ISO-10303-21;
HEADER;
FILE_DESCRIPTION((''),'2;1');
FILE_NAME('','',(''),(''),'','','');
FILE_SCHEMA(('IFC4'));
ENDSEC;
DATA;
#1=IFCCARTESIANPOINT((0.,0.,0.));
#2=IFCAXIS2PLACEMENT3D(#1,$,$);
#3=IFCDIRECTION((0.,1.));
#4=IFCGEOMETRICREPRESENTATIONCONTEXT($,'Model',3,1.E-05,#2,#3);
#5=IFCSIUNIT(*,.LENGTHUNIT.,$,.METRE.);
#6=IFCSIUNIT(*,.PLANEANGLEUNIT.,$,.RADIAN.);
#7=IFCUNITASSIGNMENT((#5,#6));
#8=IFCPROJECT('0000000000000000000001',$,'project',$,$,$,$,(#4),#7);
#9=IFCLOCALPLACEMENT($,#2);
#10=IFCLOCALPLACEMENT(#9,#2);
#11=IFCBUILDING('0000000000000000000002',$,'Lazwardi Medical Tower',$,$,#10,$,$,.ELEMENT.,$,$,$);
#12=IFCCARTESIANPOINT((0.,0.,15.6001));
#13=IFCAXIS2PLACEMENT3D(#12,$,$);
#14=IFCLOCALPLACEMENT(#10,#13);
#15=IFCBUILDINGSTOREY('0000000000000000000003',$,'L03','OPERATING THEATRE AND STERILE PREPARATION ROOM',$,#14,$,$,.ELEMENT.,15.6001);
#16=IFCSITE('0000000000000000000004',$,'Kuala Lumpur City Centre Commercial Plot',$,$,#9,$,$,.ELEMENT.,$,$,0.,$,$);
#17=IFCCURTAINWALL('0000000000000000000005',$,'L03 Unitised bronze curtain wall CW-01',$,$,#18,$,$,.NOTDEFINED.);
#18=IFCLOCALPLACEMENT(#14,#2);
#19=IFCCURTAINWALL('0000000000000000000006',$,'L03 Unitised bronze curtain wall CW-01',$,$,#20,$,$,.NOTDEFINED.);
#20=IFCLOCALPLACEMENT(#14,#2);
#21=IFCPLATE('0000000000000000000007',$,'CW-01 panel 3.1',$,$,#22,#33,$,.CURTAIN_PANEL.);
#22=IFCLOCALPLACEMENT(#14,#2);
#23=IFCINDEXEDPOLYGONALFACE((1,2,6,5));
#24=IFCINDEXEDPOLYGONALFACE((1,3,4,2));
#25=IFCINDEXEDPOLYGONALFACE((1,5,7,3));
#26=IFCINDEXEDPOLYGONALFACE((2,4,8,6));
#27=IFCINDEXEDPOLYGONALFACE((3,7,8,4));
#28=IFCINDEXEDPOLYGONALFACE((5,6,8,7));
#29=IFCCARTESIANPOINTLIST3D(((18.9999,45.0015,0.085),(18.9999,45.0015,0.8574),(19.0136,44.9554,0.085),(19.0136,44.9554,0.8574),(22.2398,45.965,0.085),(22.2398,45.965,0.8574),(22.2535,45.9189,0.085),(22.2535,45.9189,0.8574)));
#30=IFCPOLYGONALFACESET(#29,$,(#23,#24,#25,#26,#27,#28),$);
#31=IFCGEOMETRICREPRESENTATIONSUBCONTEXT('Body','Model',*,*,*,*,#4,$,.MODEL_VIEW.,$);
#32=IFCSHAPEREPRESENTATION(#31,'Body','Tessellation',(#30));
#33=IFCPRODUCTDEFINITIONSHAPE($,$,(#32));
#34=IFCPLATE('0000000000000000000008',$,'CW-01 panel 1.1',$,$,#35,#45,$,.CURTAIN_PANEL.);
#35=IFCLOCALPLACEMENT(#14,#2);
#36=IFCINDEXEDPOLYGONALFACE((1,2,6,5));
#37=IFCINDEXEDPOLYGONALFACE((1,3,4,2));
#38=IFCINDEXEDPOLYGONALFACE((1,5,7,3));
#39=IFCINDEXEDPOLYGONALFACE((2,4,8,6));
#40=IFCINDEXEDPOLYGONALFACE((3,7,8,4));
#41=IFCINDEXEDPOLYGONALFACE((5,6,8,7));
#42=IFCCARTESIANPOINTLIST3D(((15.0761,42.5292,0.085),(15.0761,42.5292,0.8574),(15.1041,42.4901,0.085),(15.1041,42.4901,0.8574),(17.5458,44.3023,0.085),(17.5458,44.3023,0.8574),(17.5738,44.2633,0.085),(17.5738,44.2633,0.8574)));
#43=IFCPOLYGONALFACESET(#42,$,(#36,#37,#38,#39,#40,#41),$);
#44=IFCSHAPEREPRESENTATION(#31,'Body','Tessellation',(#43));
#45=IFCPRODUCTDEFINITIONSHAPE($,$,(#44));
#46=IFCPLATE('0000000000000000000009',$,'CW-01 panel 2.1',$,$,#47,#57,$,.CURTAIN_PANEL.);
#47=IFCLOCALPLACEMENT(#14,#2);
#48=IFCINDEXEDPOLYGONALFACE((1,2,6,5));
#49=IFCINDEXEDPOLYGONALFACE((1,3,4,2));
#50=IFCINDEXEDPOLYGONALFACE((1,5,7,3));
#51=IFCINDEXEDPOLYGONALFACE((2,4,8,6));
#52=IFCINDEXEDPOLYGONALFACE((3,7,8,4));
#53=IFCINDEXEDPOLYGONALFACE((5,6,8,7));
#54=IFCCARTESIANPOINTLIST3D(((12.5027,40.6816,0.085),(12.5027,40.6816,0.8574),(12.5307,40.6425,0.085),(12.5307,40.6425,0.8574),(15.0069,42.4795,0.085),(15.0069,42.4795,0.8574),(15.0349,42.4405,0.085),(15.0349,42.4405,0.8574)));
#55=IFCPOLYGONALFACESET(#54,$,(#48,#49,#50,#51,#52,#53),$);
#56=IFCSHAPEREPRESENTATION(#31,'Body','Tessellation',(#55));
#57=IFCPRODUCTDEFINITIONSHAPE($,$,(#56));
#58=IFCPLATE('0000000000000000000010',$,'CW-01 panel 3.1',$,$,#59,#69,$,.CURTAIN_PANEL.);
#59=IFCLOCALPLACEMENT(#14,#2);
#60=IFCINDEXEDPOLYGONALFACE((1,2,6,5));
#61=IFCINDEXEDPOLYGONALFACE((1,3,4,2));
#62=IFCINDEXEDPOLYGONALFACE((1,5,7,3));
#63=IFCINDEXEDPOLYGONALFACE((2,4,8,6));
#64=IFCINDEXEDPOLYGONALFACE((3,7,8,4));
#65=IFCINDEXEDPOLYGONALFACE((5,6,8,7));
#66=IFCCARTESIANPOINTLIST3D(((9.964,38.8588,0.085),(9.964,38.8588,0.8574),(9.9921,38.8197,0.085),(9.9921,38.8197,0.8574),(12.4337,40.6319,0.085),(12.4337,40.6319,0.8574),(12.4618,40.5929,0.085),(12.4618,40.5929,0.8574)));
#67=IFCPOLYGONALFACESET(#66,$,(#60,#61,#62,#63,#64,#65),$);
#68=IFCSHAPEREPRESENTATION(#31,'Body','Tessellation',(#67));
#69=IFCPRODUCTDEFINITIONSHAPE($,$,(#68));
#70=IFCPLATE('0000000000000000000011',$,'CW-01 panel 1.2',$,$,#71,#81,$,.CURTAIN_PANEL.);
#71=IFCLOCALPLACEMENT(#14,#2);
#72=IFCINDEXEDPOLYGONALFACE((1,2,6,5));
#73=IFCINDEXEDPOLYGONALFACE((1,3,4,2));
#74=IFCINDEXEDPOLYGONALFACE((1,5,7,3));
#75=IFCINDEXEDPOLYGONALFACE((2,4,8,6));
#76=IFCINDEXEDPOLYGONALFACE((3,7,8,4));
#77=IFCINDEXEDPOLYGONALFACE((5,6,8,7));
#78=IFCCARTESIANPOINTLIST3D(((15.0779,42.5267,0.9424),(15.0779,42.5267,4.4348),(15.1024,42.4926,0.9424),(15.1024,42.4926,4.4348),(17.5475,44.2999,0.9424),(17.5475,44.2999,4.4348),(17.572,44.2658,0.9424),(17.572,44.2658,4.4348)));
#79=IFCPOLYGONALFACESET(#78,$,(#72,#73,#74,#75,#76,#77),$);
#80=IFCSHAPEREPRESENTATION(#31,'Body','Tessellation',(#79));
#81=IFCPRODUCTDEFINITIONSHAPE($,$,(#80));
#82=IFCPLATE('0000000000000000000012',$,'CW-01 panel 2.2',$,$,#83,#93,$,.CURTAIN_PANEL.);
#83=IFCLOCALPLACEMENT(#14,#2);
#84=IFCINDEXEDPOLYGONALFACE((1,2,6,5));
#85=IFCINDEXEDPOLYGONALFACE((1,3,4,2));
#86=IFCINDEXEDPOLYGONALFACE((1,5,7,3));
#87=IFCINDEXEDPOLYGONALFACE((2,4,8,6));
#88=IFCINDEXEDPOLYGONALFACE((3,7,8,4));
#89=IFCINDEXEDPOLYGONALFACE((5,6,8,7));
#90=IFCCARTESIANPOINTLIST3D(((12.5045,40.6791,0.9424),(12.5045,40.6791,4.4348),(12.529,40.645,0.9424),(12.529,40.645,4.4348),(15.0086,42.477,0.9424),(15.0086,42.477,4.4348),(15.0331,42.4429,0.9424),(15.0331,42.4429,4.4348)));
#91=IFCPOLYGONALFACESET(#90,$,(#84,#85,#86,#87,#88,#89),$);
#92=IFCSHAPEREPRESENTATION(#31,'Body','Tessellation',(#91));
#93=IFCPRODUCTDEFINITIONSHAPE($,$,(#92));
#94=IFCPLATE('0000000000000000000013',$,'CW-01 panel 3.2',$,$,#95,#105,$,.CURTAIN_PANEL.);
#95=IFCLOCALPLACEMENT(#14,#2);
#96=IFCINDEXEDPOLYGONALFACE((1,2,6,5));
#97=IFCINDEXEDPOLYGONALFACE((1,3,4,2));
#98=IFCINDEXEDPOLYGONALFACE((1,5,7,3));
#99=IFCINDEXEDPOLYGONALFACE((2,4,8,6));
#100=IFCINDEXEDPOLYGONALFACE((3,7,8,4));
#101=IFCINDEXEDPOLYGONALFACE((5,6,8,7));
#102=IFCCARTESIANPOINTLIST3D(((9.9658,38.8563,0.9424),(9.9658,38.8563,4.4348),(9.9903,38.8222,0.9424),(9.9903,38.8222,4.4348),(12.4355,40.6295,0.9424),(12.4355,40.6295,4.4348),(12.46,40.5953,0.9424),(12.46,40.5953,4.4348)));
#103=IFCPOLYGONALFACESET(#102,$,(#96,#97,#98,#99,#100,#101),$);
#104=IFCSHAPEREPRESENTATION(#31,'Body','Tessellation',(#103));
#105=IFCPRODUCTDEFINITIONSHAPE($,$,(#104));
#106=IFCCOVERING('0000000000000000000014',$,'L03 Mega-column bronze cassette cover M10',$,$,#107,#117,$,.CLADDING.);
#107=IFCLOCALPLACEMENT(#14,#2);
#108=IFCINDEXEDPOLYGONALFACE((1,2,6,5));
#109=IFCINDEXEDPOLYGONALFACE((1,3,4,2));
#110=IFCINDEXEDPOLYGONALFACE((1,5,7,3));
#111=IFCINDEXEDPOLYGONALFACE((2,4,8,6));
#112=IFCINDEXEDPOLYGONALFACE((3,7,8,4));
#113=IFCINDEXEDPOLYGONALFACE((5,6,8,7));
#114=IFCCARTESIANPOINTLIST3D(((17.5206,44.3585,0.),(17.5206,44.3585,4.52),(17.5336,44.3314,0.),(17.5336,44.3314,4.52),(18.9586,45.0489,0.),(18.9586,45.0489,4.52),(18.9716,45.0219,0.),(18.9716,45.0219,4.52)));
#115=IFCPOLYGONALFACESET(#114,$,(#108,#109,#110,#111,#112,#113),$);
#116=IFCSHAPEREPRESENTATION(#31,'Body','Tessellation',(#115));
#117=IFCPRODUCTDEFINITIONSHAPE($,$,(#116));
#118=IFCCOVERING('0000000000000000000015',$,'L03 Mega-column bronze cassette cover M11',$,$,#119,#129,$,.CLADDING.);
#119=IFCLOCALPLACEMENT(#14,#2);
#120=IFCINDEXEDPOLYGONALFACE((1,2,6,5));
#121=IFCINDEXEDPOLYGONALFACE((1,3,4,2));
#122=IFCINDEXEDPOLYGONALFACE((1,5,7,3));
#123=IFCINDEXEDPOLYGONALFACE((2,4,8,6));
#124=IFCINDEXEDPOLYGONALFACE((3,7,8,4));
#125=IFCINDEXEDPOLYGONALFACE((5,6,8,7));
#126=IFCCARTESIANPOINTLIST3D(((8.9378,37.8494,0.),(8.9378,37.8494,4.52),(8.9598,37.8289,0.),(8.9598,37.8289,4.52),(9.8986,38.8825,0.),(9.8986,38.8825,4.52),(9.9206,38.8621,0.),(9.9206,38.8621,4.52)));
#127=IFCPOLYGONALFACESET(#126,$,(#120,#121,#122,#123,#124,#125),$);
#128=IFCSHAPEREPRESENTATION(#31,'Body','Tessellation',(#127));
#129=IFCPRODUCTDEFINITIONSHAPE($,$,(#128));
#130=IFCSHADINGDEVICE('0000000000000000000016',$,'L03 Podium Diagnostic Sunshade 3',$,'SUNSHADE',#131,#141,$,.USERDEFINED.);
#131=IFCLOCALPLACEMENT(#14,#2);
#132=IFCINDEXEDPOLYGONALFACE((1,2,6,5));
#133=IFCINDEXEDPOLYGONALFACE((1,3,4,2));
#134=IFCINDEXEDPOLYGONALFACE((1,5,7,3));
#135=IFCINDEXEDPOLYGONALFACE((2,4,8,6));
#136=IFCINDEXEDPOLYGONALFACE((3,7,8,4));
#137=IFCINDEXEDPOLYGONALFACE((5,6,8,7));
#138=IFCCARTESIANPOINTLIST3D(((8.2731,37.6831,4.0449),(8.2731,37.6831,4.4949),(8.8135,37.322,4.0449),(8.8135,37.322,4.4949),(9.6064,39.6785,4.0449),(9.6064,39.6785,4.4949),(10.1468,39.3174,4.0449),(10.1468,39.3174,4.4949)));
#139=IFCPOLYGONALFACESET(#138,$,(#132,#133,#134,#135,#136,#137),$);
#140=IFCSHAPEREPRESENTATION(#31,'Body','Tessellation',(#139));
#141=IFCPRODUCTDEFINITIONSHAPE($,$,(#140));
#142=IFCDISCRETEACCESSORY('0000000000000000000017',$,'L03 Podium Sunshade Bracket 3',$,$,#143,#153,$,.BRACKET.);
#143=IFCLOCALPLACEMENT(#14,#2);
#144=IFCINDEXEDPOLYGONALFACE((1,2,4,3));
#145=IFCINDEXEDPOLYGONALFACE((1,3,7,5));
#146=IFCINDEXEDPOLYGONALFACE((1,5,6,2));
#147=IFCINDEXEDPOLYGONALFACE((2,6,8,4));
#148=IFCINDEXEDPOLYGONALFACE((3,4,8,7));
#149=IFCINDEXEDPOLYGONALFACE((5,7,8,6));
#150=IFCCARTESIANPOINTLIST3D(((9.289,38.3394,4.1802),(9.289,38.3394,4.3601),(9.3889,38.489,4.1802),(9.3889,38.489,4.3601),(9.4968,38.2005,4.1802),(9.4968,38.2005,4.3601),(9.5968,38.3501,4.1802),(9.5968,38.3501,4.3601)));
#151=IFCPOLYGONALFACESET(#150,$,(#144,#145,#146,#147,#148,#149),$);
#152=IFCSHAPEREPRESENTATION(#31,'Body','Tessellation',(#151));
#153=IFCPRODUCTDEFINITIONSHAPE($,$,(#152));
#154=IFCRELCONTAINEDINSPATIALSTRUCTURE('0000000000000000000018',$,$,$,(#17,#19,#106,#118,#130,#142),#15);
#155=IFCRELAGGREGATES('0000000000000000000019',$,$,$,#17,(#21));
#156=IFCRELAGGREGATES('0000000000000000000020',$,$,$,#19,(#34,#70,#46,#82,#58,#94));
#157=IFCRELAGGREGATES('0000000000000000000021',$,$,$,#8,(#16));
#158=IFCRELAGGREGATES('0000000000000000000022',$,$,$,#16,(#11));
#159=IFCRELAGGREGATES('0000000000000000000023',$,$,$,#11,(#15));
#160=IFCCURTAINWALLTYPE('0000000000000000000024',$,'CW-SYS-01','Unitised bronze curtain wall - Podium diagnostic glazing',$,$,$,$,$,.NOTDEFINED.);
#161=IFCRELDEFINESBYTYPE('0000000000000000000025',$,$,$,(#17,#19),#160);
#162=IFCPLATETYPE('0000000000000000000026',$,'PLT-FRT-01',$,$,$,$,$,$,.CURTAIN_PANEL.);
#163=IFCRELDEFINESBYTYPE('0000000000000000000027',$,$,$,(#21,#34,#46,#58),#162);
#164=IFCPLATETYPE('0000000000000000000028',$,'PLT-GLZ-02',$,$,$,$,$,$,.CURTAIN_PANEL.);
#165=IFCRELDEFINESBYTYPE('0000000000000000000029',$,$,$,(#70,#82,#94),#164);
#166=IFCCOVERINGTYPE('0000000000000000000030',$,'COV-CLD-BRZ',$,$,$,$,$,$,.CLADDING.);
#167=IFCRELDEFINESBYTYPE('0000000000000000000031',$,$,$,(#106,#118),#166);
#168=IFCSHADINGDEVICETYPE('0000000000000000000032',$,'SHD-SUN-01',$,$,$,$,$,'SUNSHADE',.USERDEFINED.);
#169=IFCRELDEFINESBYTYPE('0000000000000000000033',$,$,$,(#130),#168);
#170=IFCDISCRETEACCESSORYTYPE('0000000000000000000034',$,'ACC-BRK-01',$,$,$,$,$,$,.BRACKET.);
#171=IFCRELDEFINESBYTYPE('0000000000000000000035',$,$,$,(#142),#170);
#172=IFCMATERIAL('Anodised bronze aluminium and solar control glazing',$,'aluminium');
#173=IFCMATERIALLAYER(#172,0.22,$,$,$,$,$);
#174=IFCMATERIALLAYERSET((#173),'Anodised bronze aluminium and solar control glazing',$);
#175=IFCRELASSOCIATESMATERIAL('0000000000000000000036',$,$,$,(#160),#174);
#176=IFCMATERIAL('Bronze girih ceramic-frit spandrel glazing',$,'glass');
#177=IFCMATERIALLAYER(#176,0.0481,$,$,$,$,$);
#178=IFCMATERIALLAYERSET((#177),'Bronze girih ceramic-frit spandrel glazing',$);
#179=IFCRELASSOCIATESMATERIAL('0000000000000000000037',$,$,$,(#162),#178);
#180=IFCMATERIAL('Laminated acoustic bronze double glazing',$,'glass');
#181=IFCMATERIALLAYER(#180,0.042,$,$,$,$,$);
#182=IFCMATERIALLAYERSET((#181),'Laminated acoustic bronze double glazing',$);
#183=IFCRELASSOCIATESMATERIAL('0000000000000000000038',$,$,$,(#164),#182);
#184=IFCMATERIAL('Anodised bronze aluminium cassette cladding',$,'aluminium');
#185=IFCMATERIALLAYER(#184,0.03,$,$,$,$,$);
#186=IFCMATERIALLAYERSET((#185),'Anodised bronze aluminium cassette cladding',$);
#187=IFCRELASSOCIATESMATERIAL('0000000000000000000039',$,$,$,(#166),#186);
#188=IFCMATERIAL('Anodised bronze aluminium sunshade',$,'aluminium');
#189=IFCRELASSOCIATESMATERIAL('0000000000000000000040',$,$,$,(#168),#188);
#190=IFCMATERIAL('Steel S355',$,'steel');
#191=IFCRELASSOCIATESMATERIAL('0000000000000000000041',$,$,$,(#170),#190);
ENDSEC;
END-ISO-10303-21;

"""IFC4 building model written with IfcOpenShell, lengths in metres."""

from ifc_helpers import new_model, si_unit, direction, frame, origin, origin_2d, place, context, subcontext, project, spatial, rectangle, extrude, material, layer, layer_set, type_object, element, aggregate, save


model = new_model("IFC4")

# Units and contexts
model_context = context("Model", 3, precision=1e-05, world=origin(), true_north=direction((0.0, 1.0)))
body_context = subcontext(model_context, "Body", "Model", "MODEL_VIEW")
ifc_project = project(units=[si_unit("LENGTHUNIT", "METRE"), si_unit("PLANEANGLEUNIT", "RADIAN")], contexts=[model_context])

# Site, building, storey
site_placement = place(None, origin())
site = spatial("IfcSite", under=ifc_project, at=site_placement, Name="Kuala Lumpur City Centre Commercial Plot", CompositionType="ELEMENT", RefElevation=0.0)
building_placement = place(site_placement, origin())
building = spatial("IfcBuilding", under=site, at=building_placement, Name="Lazwardi Medical Tower", CompositionType="ELEMENT")
storey_placement = place(building_placement, frame((0.0, 0.0, 15.6001)))
storey = spatial("IfcBuildingStorey", under=building, at=storey_placement, Name="L03", Description="OPERATING THEATRE AND STERILE PREPARATION ROOM", CompositionType="ELEMENT", Elevation=15.6001)

# Shared definitions
ifc_material_1 = material(Name="Steel S355", Category="steel")

# Curtain wall
ifc_material_2 = material(Name="Anodised bronze aluminium and solar control glazing", Category="aluminium")
ifc_layer_1 = layer(ifc_material_2, 0.22)
ifc_layer_set_1 = layer_set([ifc_layer_1], Name="Anodised bronze aluminium and solar control glazing")
curtain_wall_type = type_object("IfcCurtainWallType", Name="CW-SYS-01", Description="Unitised bronze curtain wall - Podium diagnostic glazing", PredefinedType="NOTDEFINED", material=ifc_layer_set_1)
curtain_wall_1_placement = place(storey_placement, origin())
curtain_wall_1 = element("IfcCurtainWall", 1, at=curtain_wall_1_placement, inside=storey, type_object=curtain_wall_type, Name="L03 Unitised bronze curtain wall CW-01", PredefinedType="NOTDEFINED")

# Curtain wall
curtain_wall_2_placement = place(storey_placement, origin())
curtain_wall_2 = element("IfcCurtainWall", 2, at=curtain_wall_2_placement, inside=storey, type_object=curtain_wall_type, Name="L03 Unitised bronze curtain wall CW-01", PredefinedType="NOTDEFINED")

# Plates
ifc_material_3 = material(Name="Bronze girih ceramic-frit spandrel glazing", Category="glass")
ifc_layer_2 = layer(ifc_material_3, 0.0481)
ifc_layer_set_2 = layer_set([ifc_layer_2], Name="Bronze girih ceramic-frit spandrel glazing")
plate_type_1 = type_object("IfcPlateType", Name="PLT-FRT-01", PredefinedType="CURTAIN_PANEL", material=ifc_layer_set_2)
plate_1_placement = place(storey_placement, frame((20.6267, 45.4602, 0.085), z_axis=(0.0, 0.0, 1.0), x_axis=(-0.958513, -0.285047, 0.0)))
plate_1 = element("IfcPlate", 3, at=plate_1_placement, type_object=plate_type_1, Name="CW-01 panel 3.1", PredefinedType="CURTAIN_PANEL", context=body_context, shape_type="SweptSolid", body=[
    extrude(rectangle(XDim=3.3801, YDim=0.0481, at=origin_2d()), origin(), (0.0, 0.0, 1.0), 0.7725),
])
aggregate(curtain_wall_1, [plate_1])
plate_2_placement = place(storey_placement, frame((16.325, 43.3962, 0.085), z_axis=(0.0, 0.0, 1.0), x_axis=(-0.812318, -0.583214, 0.0)))
plate_2 = element("IfcPlate", 4, at=plate_2_placement, type_object=plate_type_1, Name="CW-01 panel 1.1", PredefinedType="CURTAIN_PANEL", context=body_context, shape_type="SweptSolid", body=[
    extrude(rectangle(XDim=3.0403, YDim=0.0481, at=origin_2d()), origin(), (0.0, 0.0, 1.0), 0.7725),
])
plate_3_placement = place(storey_placement, frame((13.7688, 41.561, 0.085), z_axis=(0.0, 0.0, 1.0), x_axis=(-0.812318, -0.583214, 0.0)))
plate_3 = element("IfcPlate", 5, at=plate_3_placement, type_object=plate_type_1, Name="CW-01 panel 2.1", PredefinedType="CURTAIN_PANEL", context=body_context, shape_type="SweptSolid", body=[
    extrude(rectangle(XDim=3.0828, YDim=0.0481, at=origin_2d()), origin(), (0.0, 0.0, 1.0), 0.7725),
])
plate_4_placement = place(storey_placement, frame((11.2129, 39.7258, 0.085), z_axis=(0.0, 0.0, 1.0), x_axis=(-0.812318, -0.583214, 0.0)))
plate_4 = element("IfcPlate", 6, at=plate_4_placement, type_object=plate_type_1, Name="CW-01 panel 3.1", PredefinedType="CURTAIN_PANEL", context=body_context, shape_type="SweptSolid", body=[
    extrude(rectangle(XDim=3.0403, YDim=0.0481, at=origin_2d()), origin(), (0.0, 0.0, 1.0), 0.7725),
])
ifc_material_4 = material(Name="Laminated acoustic bronze double glazing", Category="glass")
ifc_layer_3 = layer(ifc_material_4, 0.042)
ifc_layer_set_3 = layer_set([ifc_layer_3], Name="Laminated acoustic bronze double glazing")
plate_type_2 = type_object("IfcPlateType", Name="PLT-GLZ-02", PredefinedType="CURTAIN_PANEL", material=ifc_layer_set_3)
plate_5_placement = place(storey_placement, frame((16.325, 43.3962, 0.9424), z_axis=(0.0, 0.0, 1.0), x_axis=(-0.812318, -0.583214, 0.0)))
plate_5 = element("IfcPlate", 7, at=plate_5_placement, type_object=plate_type_2, Name="CW-01 panel 1.2", PredefinedType="CURTAIN_PANEL", context=body_context, shape_type="SweptSolid", body=[
    extrude(rectangle(XDim=3.0403, YDim=0.042, at=origin_2d()), origin(), (0.0, 0.0, 1.0), 3.4924),
])
plate_6_placement = place(storey_placement, frame((13.7688, 41.561, 0.9424), z_axis=(0.0, 0.0, 1.0), x_axis=(-0.812318, -0.583214, 0.0)))
plate_6 = element("IfcPlate", 8, at=plate_6_placement, type_object=plate_type_2, Name="CW-01 panel 2.2", PredefinedType="CURTAIN_PANEL", context=body_context, shape_type="SweptSolid", body=[
    extrude(rectangle(XDim=3.0828, YDim=0.042, at=origin_2d()), origin(), (0.0, 0.0, 1.0), 3.4924),
])
plate_7_placement = place(storey_placement, frame((11.2129, 39.7258, 0.9424), z_axis=(0.0, 0.0, 1.0), x_axis=(-0.812318, -0.583214, 0.0)))
plate_7 = element("IfcPlate", 9, at=plate_7_placement, type_object=plate_type_2, Name="CW-01 panel 3.2", PredefinedType="CURTAIN_PANEL", context=body_context, shape_type="SweptSolid", body=[
    extrude(rectangle(XDim=3.0403, YDim=0.042, at=origin_2d()), origin(), (0.0, 0.0, 1.0), 3.4924),
])
aggregate(curtain_wall_2, [plate_2, plate_5, plate_3, plate_6, plate_4, plate_7])

# Coverings
ifc_material_5 = material(Name="Anodised bronze aluminium cassette cladding", Category="aluminium")
ifc_layer_4 = layer(ifc_material_5, 0.03)
ifc_layer_set_4 = layer_set([ifc_layer_4], Name="Anodised bronze aluminium cassette cladding")
covering_type = type_object("IfcCoveringType", Name="COV-CLD-BRZ", PredefinedType="CLADDING", material=ifc_layer_set_4)
covering_1_placement = place(storey_placement, frame((18.2461, 44.6902, 0.0), z_axis=(0.0, 0.0, 1.0), x_axis=(-0.901484, -0.432813, 0.0)))
element("IfcCovering", 10, at=covering_1_placement, inside=storey, type_object=covering_type, Name="L03 Mega-column bronze cassette cover M10", PredefinedType="CLADDING", context=body_context, shape_type="SweptSolid", body=[
    extrude(rectangle(XDim=1.5952, YDim=0.03, at=origin_2d()), origin(), (0.0, 0.0, 1.0), 4.52),
])
covering_2_placement = place(storey_placement, frame((9.4292, 38.3557, 0.0), z_axis=(0.0, 0.0, 1.0), x_axis=(-0.681019, -0.732266, 0.0)))
element("IfcCovering", 11, at=covering_2_placement, inside=storey, type_object=covering_type, Name="L03 Mega-column bronze cassette cover M11", PredefinedType="CLADDING", context=body_context, shape_type="SweptSolid", body=[
    extrude(rectangle(XDim=1.4109, YDim=0.03, at=origin_2d()), origin(), (0.0, 0.0, 1.0), 4.52),
])

# Shading device
ifc_material_6 = material(Name="Anodised bronze aluminium sunshade", Category="aluminium")
shading_device_type = type_object("IfcShadingDeviceType", Name="SHD-SUN-01", ElementType="SUNSHADE", PredefinedType="USERDEFINED", material=ifc_material_6)
shading_device_placement = place(storey_placement, frame((9.21, 38.5002, 4.0449), z_axis=(0.0, 0.0, 1.0), x_axis=(-0.55557, -0.83147, 0.0)))
element("IfcShadingDevice", 12, at=shading_device_placement, inside=storey, type_object=shading_device_type, Name="L03 Podium Diagnostic Sunshade 3", ObjectType="SUNSHADE", PredefinedType="USERDEFINED", context=body_context, shape_type="SweptSolid", body=[
    extrude(rectangle(XDim=2.3999, YDim=0.6499, at=origin_2d()), origin(), (0.0, 0.0, 1.0), 0.45),
])

# Discrete accessory
discrete_accessory_type = type_object("IfcDiscreteAccessoryType", Name="ACC-BRK-01", PredefinedType="BRACKET", material=ifc_material_1)
discrete_accessory_placement = place(storey_placement, frame((9.4429, 38.3447, 4.1802), z_axis=(0.0, 0.0, 1.0), x_axis=(-0.55557, -0.83147, 0.0)))
element("IfcDiscreteAccessory", 13, at=discrete_accessory_placement, inside=storey, type_object=discrete_accessory_type, Name="L03 Podium Sunshade Bracket 3", PredefinedType="BRACKET", context=body_context, shape_type="SweptSolid", body=[
    extrude(rectangle(XDim=0.1799, YDim=0.25, at=origin_2d()), origin(), (0.0, 0.0, 1.0), 0.1799),
])

save(model, "model.ifc")
